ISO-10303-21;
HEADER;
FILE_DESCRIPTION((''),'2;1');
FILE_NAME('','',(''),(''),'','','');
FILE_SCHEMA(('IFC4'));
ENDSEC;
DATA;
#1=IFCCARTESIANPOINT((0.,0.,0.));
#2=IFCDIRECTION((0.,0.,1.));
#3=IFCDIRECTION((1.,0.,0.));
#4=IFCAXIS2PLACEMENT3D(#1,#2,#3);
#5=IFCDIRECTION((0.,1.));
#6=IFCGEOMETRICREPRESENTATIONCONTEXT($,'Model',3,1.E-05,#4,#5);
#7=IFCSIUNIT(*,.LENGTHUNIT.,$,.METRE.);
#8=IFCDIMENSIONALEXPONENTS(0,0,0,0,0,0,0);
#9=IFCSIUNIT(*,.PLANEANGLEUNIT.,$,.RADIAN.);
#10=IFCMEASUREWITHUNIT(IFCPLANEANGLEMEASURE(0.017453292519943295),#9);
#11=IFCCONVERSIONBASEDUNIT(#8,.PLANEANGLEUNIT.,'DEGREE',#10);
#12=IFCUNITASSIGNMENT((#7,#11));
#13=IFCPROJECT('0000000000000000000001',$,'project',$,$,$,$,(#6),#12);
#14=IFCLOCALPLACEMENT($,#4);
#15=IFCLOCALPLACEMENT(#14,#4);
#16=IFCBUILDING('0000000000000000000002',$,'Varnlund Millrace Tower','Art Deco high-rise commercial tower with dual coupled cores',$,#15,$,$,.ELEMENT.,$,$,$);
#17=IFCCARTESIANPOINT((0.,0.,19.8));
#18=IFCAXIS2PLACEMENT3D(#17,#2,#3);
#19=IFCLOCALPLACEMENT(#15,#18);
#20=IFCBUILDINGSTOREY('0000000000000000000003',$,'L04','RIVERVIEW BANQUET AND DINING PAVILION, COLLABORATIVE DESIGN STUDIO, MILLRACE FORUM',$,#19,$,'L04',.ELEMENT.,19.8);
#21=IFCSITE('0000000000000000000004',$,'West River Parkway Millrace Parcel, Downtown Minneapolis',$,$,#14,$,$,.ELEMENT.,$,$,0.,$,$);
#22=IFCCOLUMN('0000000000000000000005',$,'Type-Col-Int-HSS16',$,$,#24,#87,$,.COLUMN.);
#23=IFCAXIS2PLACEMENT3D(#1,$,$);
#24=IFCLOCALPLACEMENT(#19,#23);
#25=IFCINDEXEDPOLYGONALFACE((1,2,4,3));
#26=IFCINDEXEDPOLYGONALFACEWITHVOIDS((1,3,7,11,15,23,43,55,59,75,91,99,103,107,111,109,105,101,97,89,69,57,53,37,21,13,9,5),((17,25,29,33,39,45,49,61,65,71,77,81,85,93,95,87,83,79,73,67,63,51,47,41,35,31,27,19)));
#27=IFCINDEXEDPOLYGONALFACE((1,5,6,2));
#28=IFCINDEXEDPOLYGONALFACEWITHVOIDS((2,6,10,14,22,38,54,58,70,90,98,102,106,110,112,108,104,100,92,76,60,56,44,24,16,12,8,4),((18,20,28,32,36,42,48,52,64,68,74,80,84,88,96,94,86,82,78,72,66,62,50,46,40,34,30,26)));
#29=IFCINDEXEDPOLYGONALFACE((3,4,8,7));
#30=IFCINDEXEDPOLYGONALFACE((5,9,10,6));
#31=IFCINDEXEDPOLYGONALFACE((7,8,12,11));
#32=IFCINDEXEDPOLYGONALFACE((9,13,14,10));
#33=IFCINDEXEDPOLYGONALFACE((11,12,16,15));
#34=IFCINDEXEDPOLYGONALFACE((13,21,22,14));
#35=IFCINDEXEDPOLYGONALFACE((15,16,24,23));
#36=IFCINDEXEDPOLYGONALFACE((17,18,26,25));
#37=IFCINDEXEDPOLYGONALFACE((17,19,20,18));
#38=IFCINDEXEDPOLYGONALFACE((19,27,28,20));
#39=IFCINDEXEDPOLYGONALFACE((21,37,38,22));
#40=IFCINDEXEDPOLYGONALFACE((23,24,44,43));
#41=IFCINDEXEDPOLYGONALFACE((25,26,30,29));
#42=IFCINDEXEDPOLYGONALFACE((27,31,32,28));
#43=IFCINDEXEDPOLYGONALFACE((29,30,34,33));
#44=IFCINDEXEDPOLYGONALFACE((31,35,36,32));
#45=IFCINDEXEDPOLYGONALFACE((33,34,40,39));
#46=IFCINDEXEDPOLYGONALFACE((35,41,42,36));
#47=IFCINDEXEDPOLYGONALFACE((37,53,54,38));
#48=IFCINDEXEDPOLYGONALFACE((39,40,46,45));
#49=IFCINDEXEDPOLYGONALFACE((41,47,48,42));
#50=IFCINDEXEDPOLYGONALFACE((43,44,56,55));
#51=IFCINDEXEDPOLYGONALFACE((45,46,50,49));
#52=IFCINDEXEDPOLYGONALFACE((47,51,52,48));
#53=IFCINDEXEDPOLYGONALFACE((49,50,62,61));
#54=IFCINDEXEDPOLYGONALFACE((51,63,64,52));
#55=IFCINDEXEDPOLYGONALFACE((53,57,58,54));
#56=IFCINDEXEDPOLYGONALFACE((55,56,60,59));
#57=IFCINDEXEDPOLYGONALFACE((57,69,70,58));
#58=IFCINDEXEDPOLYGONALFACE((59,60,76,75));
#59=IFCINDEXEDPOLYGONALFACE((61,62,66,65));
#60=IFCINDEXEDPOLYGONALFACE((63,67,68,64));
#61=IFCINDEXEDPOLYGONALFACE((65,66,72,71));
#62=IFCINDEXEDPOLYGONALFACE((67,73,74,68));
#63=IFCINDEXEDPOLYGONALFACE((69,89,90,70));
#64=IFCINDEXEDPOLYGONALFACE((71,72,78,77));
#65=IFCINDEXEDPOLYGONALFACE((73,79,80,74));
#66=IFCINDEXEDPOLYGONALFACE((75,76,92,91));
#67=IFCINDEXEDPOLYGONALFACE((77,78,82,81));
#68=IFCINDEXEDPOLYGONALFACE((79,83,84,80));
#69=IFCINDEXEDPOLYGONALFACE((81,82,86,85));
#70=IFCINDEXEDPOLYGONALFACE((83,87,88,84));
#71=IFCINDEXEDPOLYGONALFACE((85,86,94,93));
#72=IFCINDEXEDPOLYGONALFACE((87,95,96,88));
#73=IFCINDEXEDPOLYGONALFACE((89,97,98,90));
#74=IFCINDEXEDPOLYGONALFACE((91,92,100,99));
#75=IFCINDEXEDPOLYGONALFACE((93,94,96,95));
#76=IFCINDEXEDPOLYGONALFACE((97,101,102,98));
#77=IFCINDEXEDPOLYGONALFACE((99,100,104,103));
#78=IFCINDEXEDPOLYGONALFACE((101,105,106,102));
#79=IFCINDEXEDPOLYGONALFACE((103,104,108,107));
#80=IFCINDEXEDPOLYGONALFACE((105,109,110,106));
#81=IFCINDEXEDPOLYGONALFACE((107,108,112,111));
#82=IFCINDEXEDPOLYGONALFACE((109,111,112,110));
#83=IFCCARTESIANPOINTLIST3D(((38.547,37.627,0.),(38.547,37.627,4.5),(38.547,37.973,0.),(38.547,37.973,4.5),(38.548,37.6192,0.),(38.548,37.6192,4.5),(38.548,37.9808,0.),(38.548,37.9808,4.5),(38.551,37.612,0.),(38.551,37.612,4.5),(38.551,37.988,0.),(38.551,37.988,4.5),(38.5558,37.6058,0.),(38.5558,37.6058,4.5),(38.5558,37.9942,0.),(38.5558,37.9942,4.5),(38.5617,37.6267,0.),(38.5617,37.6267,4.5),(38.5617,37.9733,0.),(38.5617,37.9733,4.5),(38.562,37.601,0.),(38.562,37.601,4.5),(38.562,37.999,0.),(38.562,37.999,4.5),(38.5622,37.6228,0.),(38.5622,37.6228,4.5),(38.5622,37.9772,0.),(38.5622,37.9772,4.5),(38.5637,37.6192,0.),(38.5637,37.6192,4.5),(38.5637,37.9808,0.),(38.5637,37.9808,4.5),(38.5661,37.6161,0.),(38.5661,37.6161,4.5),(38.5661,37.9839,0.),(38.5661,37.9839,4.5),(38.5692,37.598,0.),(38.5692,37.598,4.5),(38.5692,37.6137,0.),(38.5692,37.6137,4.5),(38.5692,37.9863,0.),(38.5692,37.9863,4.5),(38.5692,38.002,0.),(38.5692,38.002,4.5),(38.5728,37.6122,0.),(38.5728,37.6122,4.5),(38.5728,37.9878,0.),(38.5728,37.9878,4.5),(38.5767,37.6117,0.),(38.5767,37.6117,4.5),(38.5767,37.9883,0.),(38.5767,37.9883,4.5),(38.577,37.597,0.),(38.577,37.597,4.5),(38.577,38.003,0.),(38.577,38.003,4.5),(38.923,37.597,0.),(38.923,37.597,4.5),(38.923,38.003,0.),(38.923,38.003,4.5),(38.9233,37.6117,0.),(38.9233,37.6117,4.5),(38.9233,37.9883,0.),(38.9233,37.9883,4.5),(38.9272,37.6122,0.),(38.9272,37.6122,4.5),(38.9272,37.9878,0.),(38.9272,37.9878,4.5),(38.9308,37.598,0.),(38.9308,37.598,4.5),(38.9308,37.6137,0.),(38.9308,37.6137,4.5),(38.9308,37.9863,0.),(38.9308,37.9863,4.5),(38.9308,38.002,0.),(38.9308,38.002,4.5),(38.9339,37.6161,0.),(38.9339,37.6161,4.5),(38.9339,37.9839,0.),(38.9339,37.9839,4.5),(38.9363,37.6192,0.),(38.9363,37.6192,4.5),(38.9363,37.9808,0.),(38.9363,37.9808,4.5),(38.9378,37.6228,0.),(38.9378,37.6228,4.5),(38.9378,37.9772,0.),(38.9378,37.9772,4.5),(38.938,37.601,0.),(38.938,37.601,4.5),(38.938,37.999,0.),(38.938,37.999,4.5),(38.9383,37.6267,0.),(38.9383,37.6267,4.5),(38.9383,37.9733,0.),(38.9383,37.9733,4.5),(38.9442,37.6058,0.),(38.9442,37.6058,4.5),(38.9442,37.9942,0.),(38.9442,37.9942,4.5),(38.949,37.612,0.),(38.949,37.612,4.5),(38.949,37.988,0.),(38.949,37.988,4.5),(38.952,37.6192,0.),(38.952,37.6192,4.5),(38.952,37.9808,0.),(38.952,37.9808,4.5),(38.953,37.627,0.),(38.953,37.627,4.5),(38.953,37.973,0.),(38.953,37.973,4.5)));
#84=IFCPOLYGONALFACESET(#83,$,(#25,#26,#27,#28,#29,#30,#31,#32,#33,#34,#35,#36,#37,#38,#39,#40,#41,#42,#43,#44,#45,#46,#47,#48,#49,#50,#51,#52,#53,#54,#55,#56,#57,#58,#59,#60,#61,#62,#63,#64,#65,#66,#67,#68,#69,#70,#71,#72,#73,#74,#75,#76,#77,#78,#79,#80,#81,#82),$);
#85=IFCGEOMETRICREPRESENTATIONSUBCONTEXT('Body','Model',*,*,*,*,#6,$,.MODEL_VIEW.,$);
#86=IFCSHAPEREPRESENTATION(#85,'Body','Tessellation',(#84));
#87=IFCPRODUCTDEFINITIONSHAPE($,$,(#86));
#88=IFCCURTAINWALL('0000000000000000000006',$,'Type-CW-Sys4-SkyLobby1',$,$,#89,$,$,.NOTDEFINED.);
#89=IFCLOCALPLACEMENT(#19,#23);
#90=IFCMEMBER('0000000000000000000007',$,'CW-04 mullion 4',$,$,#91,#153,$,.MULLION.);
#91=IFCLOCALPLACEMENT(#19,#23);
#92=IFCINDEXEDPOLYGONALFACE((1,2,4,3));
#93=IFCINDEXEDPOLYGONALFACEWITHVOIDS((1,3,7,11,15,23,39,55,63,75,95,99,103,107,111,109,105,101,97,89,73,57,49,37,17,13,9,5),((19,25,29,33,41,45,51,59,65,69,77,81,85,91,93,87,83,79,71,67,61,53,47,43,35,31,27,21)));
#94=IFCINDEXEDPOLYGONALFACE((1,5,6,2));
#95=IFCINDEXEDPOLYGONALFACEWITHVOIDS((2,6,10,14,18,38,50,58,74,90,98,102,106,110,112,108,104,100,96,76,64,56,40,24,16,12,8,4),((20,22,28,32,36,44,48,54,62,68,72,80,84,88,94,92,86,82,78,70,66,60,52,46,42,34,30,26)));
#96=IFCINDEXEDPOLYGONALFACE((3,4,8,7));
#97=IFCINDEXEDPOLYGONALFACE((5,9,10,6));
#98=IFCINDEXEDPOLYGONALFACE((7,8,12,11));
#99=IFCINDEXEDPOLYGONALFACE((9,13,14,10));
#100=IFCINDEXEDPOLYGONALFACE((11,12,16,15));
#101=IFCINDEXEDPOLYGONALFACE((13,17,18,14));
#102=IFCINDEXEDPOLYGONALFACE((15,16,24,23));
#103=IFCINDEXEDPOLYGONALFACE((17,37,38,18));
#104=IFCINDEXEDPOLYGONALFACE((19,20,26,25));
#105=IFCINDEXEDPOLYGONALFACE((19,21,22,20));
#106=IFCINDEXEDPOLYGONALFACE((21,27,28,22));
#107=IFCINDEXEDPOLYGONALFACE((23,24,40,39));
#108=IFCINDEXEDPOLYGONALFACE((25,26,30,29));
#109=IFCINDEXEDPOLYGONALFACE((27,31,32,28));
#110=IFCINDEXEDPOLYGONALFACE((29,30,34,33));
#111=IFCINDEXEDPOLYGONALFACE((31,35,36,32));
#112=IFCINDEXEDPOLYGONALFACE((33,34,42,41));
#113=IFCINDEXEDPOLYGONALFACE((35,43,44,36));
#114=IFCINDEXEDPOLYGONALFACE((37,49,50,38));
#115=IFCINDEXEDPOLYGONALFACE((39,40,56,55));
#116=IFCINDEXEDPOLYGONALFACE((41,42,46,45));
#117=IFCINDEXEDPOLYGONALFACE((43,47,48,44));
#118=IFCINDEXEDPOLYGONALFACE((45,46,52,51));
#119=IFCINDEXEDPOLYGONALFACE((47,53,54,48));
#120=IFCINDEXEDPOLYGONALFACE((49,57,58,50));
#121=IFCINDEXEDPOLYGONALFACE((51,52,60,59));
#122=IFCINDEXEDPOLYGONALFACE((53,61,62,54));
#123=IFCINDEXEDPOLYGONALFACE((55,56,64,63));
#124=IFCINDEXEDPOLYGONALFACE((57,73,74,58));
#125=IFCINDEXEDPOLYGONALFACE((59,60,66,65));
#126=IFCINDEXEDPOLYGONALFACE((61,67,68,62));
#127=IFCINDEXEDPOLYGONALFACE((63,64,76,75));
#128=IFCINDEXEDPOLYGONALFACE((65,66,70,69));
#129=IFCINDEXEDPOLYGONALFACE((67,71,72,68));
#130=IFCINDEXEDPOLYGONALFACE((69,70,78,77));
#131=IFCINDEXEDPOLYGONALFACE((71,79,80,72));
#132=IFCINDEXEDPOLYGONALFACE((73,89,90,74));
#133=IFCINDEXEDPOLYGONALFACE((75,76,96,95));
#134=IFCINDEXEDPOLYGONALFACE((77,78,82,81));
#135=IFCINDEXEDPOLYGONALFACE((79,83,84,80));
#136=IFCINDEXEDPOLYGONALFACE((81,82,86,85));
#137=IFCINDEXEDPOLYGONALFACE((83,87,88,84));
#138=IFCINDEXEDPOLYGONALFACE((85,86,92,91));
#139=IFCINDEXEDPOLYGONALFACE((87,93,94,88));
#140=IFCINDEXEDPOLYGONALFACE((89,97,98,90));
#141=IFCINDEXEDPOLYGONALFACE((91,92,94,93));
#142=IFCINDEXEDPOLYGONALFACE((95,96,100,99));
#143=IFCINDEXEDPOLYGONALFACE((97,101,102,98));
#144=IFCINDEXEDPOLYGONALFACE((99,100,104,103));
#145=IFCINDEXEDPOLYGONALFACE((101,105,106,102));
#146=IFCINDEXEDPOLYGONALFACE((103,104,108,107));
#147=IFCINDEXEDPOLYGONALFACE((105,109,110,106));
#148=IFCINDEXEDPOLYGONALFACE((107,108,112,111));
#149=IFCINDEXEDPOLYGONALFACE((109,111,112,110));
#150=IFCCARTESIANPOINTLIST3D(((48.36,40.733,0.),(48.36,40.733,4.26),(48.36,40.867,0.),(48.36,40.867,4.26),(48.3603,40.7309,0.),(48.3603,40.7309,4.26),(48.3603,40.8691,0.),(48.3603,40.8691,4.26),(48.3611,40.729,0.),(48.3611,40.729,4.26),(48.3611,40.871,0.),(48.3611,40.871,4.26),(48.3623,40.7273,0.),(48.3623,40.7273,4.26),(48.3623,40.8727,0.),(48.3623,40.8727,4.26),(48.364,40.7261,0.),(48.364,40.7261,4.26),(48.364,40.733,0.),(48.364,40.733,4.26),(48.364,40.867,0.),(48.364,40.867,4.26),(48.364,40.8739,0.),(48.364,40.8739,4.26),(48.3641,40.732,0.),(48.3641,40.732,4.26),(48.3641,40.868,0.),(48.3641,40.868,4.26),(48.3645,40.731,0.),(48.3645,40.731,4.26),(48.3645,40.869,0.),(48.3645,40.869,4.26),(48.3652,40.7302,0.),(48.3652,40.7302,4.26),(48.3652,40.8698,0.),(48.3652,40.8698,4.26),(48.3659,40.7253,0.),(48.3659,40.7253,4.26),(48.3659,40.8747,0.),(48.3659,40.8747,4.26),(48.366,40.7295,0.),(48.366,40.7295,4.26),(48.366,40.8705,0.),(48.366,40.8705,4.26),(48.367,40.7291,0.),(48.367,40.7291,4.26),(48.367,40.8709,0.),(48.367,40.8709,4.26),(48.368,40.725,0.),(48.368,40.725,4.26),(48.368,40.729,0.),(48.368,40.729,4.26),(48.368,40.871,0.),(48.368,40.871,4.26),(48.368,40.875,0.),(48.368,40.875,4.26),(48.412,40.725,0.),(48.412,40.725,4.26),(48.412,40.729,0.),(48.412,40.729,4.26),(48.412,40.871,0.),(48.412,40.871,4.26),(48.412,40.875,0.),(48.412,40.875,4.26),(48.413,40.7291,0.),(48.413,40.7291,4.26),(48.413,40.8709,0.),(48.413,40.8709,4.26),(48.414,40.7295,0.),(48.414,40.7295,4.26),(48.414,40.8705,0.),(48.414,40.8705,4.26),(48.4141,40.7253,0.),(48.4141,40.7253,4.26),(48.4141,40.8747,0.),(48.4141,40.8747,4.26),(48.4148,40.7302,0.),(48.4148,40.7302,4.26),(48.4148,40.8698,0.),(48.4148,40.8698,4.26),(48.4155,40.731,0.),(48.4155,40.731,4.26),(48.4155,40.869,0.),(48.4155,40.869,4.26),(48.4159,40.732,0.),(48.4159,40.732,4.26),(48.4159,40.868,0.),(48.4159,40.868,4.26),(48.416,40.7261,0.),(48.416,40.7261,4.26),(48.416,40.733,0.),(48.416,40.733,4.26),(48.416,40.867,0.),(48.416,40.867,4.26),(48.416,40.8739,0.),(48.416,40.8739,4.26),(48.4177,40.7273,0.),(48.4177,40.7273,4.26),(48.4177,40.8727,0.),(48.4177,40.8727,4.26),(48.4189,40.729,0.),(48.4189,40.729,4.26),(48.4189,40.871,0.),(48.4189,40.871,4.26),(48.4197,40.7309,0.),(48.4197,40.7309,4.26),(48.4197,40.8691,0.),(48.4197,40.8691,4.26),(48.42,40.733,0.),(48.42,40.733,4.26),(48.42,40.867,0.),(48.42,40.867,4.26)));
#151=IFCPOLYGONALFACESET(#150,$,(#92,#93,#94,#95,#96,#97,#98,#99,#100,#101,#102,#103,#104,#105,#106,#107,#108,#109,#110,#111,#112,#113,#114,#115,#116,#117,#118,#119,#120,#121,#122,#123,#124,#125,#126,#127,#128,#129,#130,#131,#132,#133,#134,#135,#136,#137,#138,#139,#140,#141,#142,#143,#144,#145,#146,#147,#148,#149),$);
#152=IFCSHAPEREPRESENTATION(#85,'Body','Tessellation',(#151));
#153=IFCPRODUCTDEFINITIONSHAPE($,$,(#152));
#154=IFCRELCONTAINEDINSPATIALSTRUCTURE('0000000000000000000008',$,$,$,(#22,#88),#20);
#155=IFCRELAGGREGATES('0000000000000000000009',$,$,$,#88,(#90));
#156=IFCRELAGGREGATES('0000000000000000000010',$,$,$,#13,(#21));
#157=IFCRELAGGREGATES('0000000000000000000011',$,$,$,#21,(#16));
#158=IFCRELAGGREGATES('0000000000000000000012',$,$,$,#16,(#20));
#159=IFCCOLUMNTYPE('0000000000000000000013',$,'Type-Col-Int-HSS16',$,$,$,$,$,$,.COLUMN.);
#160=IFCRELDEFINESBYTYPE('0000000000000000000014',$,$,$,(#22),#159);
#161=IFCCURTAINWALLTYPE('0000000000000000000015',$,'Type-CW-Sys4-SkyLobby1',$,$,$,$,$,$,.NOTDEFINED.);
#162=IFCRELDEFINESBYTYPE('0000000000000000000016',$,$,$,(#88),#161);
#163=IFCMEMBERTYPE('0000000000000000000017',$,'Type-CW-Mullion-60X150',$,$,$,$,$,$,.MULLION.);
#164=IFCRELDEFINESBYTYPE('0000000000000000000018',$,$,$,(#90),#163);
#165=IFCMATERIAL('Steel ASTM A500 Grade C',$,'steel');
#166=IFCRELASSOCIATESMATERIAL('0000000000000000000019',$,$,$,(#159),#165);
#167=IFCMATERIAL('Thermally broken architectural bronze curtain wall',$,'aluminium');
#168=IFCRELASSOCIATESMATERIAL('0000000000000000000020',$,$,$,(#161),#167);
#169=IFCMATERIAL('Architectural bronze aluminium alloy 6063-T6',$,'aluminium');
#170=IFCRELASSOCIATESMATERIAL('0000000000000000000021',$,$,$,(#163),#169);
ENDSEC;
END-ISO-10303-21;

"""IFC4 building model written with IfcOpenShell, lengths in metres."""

from ifc_helpers import new_model, entity, si_unit, converted_unit, direction, frame, origin_with_axes, origin_2d_with_axis, place, context, subcontext, project, spatial, hollow_rectangle, extrude, material, material_profile, profile_set, type_object, element, aggregate, save


model = new_model("IFC4")

# Units and contexts
model_context = context("Model", 3, precision=1e-05, world=origin_with_axes(), true_north=direction((0.0, 1.0)))
body_context = subcontext(model_context, "Body", "Model", "MODEL_VIEW")
ifc_project = project(units=[si_unit("LENGTHUNIT", "METRE"), converted_unit("PLANEANGLEUNIT", "DEGREE", entity("IfcPlaneAngleMeasure", 0.017453292519943295), si_unit("PLANEANGLEUNIT", "RADIAN"), dimensions=[0, 0, 0, 0, 0, 0, 0])], contexts=[model_context])

# Site, building, storey
site_placement = place(None, origin_with_axes())
site = spatial("IfcSite", under=ifc_project, at=site_placement, Name="West River Parkway Millrace Parcel, Downtown Minneapolis", CompositionType="ELEMENT", RefElevation=0.0)
building_placement = place(site_placement, origin_with_axes())
building = spatial("IfcBuilding", under=site, at=building_placement, Name="Varnlund Millrace Tower", Description="Art Deco high-rise commercial tower with dual coupled cores", CompositionType="ELEMENT")
storey_placement = place(building_placement, frame((0.0, 0.0, 19.8), z_axis=(0.0, 0.0, 1.0), x_axis=(1.0, 0.0, 0.0)))
storey = spatial("IfcBuildingStorey", under=building, at=storey_placement, Name="L04", Description="RIVERVIEW BANQUET AND DINING PAVILION, COLLABORATIVE DESIGN STUDIO, MILLRACE FORUM", LongName="L04", CompositionType="ELEMENT", Elevation=19.8)

# Column
ifc_material_1 = material(Name="Steel ASTM A500 Grade C", Category="steel")
ifc_material_profile_1 = material_profile(ifc_material_1, hollow_rectangle(XDim=0.406, YDim=0.406, WallThickness=0.0147, InnerFilletRadius=0.015, OuterFilletRadius=0.03, at=origin_2d_with_axis()), Name="Steel ASTM A500 Grade C")
ifc_profile_set_1 = profile_set([ifc_material_profile_1], Name="Steel ASTM A500 Grade C")
column_type = type_object("IfcColumnType", Name="Type-Col-Int-HSS16", PredefinedType="COLUMN", material=ifc_profile_set_1)
column_placement = place(storey_placement, frame((38.75, 37.8, 0.0), z_axis=(0.0, 0.0, 1.0), x_axis=(1.0, 0.0, 0.0)))
element("IfcColumn", 1, at=column_placement, inside=storey, type_object=column_type, Name="Type-Col-Int-HSS16", PredefinedType="COLUMN", context=body_context, shape_type="SweptSolid", body=[
    extrude(hollow_rectangle(XDim=0.406, YDim=0.406, WallThickness=0.0147, InnerFilletRadius=0.015, OuterFilletRadius=0.03, at=origin_2d_with_axis()), origin_with_axes(), (0.0, 0.0, 1.0), 4.5),
])

# Curtain wall, member
ifc_material_2 = material(Name="Thermally broken architectural bronze curtain wall", Category="aluminium")
curtain_wall_type = type_object("IfcCurtainWallType", Name="Type-CW-Sys4-SkyLobby1", PredefinedType="NOTDEFINED", material=ifc_material_2)
curtain_wall_1_placement = place(storey_placement, frame((48.39, 45.3, 0.0), z_axis=(0.0, 0.0, 1.0), x_axis=(1.0, 0.0, 0.0)))
curtain_wall_1 = element("IfcCurtainWall", 2, at=curtain_wall_1_placement, inside=storey, type_object=curtain_wall_type, Name="Type-CW-Sys4-SkyLobby1", PredefinedType="NOTDEFINED")
ifc_material_3 = material(Name="Architectural bronze aluminium alloy 6063-T6", Category="aluminium")
ifc_material_profile_2 = material_profile(ifc_material_3, hollow_rectangle(XDim=0.06, YDim=0.15, WallThickness=0.004, InnerFilletRadius=0.004, OuterFilletRadius=0.008, at=origin_2d_with_axis()), Name="Architectural bronze aluminium alloy 6063-T6")
ifc_profile_set_2 = profile_set([ifc_material_profile_2], Name="Architectural bronze aluminium alloy 6063-T6")
member_type_1 = type_object("IfcMemberType", Name="Type-CW-Mullion-60X150", PredefinedType="MULLION", material=ifc_profile_set_2)
member_1_placement = place(storey_placement, frame((48.39, 40.8, 0.0), z_axis=(0.0, 0.0, 1.0), x_axis=(1.0, 0.0, 0.0)))
member_1 = element("IfcMember", 3, at=member_1_placement, type_object=member_type_1, Name="CW-04 mullion 4", PredefinedType="MULLION", context=body_context, shape_type="SweptSolid", body=[
    extrude(hollow_rectangle(XDim=0.06, YDim=0.15, WallThickness=0.004, InnerFilletRadius=0.004, OuterFilletRadius=0.008, at=origin_2d_with_axis()), origin_with_axes(), (0.0, 0.0, 1.0), 4.26),
])

aggregate(curtain_wall_1, [member_1])

save(model, "model.ifc")
